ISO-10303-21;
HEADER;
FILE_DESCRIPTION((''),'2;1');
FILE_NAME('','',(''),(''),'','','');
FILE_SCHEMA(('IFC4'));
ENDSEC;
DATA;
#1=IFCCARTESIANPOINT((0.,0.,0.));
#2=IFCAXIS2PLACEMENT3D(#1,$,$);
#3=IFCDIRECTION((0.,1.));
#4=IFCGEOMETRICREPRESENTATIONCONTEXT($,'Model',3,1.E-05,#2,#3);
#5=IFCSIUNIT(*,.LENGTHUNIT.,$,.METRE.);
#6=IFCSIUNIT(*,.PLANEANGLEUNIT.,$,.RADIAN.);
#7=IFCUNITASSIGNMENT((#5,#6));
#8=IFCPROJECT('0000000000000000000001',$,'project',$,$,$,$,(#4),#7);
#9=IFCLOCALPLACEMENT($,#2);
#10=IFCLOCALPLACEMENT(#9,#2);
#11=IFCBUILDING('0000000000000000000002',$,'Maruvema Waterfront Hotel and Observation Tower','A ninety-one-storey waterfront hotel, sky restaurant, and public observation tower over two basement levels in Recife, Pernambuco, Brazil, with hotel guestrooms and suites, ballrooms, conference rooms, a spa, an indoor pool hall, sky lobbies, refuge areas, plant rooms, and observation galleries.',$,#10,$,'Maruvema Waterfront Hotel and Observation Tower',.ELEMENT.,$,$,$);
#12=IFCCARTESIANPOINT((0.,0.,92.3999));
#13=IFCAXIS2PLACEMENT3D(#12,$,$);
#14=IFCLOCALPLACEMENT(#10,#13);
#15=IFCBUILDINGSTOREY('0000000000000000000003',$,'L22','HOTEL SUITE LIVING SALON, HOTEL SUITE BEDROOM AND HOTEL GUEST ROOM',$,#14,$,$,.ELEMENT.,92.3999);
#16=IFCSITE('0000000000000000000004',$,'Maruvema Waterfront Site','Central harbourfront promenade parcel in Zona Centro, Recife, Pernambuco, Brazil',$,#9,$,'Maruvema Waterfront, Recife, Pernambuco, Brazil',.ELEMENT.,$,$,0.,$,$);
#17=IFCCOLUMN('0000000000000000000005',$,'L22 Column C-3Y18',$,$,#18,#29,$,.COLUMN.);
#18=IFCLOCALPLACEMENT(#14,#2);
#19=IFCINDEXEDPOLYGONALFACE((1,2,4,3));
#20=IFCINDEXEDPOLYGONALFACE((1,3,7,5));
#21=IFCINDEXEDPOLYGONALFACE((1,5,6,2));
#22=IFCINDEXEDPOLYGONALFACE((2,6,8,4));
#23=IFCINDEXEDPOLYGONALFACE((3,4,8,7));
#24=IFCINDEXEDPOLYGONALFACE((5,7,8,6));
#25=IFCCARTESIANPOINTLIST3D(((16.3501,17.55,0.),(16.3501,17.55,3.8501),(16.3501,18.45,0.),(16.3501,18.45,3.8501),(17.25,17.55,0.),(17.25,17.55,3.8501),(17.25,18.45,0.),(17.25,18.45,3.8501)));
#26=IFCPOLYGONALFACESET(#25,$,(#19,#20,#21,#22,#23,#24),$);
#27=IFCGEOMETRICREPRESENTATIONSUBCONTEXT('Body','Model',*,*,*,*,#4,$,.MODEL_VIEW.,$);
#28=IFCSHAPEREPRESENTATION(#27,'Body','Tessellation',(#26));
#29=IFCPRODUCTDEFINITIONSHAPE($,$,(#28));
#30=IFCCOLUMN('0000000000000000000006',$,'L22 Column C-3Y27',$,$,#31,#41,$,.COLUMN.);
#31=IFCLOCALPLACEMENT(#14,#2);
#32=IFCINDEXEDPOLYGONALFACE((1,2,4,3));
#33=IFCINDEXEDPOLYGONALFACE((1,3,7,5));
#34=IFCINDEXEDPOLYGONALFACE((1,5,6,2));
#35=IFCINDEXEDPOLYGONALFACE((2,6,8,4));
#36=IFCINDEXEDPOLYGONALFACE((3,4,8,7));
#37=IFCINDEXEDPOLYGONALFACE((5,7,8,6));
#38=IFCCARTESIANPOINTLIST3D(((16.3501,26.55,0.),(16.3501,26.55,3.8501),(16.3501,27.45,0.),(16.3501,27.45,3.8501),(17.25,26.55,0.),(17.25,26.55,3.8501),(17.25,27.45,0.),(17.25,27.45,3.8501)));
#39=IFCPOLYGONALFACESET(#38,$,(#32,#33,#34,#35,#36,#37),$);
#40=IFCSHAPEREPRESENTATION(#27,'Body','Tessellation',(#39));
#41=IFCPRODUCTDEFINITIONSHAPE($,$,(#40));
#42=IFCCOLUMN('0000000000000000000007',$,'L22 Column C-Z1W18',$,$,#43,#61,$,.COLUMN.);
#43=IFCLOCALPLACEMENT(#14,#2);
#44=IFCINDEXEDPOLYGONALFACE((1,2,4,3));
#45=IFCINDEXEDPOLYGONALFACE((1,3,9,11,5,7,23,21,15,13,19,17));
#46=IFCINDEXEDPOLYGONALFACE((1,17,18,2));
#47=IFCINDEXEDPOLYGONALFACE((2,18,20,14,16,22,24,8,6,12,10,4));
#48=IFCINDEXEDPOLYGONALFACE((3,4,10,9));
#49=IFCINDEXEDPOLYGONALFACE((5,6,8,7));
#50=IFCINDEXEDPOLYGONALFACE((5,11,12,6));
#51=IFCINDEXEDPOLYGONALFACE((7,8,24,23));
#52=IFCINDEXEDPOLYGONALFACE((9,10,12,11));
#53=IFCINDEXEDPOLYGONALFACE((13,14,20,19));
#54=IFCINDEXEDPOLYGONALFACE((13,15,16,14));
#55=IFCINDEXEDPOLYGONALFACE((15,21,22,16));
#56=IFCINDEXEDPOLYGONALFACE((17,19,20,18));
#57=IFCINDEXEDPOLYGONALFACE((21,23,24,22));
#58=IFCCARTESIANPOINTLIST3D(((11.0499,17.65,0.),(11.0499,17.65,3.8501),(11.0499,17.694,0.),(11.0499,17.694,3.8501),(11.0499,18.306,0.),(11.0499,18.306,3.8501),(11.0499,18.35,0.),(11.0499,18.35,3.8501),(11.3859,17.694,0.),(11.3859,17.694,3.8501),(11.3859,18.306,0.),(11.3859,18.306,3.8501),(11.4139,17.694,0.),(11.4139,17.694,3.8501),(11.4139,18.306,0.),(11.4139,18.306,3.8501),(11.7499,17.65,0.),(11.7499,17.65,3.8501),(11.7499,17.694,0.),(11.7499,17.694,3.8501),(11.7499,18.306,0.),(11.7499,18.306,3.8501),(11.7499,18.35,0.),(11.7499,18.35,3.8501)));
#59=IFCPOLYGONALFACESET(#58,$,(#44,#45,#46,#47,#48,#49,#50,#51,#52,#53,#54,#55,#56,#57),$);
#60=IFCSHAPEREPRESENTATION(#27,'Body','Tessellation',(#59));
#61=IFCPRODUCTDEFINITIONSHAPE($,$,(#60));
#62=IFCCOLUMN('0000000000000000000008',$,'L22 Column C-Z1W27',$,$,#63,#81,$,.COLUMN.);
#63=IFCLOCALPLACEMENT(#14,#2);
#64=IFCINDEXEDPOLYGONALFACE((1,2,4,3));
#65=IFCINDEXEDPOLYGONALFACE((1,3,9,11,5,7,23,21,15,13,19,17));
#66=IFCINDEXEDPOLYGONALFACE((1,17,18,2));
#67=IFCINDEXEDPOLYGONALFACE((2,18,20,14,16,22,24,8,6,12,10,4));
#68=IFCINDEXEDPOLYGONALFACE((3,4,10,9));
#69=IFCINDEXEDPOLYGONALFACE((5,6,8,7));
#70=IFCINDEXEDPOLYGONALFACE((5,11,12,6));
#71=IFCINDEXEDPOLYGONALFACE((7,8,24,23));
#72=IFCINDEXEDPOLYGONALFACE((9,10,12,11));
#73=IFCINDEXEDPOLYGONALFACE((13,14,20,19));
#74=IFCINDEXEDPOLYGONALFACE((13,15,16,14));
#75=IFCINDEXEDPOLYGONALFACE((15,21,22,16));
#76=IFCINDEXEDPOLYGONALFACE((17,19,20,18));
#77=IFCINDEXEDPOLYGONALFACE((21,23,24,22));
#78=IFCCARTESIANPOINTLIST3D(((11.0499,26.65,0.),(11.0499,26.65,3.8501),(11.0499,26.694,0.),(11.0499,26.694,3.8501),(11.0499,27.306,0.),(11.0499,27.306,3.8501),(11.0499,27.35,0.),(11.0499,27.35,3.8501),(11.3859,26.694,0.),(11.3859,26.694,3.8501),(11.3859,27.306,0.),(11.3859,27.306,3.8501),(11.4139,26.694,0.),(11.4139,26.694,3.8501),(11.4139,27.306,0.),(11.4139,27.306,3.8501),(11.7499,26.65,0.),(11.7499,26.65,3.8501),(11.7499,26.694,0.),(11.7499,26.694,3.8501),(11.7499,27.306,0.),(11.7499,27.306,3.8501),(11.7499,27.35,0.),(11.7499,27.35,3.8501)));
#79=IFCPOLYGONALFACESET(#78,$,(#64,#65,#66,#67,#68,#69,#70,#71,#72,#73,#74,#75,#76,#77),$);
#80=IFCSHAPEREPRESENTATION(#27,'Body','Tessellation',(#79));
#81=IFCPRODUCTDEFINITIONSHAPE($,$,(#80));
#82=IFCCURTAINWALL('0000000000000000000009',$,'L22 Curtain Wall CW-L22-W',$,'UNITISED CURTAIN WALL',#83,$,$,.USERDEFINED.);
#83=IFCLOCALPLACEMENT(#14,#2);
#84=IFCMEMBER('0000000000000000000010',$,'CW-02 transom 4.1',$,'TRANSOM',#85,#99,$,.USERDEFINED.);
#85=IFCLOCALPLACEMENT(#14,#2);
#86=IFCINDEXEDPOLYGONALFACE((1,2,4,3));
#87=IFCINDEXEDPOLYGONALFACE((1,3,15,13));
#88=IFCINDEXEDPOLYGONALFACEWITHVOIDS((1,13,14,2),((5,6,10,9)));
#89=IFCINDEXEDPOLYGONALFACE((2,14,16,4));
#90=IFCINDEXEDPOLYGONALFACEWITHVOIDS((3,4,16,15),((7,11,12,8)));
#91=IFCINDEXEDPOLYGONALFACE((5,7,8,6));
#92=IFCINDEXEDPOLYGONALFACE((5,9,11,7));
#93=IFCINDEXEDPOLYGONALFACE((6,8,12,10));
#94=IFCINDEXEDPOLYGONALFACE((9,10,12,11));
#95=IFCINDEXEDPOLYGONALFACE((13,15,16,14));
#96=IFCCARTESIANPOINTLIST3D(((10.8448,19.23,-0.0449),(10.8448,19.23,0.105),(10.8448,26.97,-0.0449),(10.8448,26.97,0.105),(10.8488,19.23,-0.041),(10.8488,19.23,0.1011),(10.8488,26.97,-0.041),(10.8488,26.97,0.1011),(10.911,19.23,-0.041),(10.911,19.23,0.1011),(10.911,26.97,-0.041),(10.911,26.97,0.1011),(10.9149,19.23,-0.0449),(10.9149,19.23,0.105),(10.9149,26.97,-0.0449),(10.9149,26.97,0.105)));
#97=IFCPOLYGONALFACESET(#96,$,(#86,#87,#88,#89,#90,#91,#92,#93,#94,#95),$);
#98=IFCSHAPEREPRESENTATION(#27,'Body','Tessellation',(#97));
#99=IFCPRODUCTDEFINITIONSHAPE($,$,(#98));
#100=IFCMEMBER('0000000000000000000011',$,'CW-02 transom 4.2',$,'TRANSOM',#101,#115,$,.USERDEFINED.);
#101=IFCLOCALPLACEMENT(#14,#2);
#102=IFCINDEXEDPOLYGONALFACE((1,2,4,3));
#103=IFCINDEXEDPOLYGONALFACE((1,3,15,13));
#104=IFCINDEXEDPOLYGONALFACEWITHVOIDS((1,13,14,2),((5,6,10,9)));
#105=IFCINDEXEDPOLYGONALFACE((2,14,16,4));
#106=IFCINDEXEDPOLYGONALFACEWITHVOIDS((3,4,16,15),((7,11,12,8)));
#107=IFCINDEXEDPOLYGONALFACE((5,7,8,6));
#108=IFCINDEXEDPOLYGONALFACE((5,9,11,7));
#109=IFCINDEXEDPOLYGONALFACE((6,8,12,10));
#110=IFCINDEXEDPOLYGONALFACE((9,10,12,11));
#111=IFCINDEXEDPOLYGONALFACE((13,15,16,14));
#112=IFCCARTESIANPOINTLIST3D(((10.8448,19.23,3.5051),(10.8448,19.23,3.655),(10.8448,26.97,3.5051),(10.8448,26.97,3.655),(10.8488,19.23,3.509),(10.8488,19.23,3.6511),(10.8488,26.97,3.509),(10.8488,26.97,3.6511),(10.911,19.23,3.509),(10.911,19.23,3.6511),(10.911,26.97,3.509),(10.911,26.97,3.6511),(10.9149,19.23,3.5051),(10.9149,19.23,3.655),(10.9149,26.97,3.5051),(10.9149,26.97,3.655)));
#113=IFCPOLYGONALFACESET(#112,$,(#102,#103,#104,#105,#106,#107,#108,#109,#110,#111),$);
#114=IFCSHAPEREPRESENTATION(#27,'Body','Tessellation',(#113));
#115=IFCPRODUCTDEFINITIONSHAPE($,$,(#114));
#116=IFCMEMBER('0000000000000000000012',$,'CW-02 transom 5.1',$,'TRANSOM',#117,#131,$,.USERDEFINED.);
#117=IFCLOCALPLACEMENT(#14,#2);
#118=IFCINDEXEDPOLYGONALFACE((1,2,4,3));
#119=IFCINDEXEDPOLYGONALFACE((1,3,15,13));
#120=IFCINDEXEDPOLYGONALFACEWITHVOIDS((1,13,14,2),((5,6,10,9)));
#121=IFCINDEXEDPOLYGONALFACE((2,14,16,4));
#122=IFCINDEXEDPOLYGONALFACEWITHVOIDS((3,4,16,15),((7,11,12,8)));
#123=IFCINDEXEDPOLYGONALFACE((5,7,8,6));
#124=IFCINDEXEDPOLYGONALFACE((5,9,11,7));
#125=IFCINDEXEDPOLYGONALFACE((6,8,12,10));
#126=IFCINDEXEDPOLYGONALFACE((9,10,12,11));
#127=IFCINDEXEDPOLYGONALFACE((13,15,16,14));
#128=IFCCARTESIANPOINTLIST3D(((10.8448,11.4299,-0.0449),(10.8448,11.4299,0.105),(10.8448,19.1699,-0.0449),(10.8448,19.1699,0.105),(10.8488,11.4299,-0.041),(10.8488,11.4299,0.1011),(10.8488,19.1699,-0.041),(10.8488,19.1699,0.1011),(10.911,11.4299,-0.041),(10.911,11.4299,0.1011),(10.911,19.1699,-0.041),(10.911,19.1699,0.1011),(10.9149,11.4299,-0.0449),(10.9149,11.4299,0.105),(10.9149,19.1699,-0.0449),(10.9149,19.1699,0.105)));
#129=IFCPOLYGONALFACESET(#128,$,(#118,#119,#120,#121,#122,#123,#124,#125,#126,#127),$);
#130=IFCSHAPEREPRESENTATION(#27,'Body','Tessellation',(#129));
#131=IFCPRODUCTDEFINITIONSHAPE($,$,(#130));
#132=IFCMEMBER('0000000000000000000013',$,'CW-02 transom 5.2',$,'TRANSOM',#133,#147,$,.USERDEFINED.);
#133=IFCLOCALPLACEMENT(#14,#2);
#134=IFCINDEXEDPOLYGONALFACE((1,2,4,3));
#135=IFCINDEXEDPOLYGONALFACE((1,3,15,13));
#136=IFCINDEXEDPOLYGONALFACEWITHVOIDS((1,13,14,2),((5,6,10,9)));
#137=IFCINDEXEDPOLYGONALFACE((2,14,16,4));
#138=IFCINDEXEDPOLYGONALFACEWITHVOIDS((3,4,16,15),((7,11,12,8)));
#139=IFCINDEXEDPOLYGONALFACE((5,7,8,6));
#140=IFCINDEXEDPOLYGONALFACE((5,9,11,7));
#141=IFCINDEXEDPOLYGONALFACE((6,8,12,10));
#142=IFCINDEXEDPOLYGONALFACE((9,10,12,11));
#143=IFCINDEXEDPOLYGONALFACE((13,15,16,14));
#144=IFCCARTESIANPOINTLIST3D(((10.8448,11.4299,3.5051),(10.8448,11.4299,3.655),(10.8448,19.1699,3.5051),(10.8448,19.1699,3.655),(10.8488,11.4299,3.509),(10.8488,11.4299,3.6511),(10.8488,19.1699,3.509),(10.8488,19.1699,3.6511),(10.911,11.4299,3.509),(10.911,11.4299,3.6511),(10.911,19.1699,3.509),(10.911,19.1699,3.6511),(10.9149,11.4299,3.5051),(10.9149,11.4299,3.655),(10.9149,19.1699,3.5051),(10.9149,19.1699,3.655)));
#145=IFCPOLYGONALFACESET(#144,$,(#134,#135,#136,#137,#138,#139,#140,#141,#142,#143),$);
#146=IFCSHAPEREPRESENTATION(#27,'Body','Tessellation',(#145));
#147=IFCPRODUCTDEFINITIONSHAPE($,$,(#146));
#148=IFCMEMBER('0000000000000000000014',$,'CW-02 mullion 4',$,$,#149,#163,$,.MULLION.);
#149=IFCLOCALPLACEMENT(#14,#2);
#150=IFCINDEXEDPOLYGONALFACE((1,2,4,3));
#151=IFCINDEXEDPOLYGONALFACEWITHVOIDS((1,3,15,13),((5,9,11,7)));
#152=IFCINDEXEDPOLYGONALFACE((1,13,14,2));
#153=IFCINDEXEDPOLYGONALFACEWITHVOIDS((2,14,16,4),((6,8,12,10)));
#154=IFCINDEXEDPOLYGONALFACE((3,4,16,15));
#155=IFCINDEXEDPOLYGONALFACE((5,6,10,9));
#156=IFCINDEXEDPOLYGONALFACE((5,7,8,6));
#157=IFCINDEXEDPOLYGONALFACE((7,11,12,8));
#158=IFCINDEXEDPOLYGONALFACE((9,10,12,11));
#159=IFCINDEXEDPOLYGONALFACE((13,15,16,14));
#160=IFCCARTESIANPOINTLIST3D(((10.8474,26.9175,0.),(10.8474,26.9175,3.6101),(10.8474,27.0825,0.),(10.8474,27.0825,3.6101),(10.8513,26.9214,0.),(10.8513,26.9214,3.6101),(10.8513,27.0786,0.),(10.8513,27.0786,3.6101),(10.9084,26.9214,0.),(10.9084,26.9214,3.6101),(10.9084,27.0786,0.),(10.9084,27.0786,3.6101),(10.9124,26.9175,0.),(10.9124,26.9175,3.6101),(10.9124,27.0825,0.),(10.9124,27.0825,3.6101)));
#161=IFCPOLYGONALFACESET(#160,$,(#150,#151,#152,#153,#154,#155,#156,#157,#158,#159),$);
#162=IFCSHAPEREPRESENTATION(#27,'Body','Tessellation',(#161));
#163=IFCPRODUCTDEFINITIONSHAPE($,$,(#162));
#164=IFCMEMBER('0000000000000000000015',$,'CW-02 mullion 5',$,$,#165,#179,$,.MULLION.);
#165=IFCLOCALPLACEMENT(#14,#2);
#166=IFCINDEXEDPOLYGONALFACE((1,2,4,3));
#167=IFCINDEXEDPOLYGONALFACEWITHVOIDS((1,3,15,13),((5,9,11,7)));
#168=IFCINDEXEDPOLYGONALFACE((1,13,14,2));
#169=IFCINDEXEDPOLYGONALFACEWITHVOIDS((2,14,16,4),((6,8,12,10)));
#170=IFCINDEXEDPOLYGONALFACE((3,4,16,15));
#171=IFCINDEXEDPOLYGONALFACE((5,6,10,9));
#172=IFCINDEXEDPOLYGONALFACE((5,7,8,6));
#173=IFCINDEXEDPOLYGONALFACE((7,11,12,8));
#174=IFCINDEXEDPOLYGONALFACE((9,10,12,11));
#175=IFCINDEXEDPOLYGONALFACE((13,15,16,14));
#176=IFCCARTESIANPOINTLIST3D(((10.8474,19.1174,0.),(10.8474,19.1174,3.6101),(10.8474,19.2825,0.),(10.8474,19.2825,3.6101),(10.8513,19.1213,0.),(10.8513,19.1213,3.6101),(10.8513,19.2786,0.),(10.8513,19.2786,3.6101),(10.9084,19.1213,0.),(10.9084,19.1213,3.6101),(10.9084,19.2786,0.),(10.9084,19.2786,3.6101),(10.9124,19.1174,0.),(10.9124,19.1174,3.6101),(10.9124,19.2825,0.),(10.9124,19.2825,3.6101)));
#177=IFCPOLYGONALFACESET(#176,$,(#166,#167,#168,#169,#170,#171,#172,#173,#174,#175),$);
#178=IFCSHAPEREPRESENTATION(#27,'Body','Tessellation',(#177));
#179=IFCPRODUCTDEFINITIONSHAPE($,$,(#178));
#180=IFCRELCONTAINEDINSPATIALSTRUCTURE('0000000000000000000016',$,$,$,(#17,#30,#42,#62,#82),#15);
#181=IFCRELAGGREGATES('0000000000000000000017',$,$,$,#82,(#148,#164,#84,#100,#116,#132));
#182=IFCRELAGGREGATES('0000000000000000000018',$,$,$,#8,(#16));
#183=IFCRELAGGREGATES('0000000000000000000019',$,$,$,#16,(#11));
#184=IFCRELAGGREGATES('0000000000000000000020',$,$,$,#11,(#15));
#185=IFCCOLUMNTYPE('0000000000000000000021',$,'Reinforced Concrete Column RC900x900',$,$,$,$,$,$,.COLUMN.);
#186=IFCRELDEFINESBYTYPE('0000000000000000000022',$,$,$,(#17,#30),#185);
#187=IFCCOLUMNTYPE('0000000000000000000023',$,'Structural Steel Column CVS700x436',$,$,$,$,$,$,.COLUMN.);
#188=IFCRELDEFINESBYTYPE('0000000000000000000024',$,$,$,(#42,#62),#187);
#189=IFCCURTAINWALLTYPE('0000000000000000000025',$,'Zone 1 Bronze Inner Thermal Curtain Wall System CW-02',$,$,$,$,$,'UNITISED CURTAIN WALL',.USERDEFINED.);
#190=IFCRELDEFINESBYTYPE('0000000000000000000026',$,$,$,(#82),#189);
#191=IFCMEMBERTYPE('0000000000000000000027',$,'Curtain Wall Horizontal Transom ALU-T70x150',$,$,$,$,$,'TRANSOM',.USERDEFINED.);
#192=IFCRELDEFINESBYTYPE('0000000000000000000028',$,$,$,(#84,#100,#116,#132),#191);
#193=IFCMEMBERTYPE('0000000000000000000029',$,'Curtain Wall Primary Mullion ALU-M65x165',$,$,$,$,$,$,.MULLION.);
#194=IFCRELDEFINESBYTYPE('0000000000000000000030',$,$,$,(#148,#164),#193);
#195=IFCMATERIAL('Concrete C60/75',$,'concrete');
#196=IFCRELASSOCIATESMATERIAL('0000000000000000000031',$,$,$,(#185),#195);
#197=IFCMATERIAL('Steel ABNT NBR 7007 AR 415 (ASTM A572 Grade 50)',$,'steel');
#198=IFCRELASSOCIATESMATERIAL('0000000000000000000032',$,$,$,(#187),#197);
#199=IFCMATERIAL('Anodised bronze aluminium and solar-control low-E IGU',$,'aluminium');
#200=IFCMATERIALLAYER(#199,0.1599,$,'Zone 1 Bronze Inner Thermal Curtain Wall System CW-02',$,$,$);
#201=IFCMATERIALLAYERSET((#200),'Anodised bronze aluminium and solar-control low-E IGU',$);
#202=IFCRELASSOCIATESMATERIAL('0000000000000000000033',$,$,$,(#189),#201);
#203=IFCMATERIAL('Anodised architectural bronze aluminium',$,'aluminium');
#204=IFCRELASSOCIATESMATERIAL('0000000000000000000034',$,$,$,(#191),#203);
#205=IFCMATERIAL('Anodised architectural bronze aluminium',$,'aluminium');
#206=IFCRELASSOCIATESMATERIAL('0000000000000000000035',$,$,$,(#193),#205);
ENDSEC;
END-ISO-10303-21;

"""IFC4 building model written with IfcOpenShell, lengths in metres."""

from ifc_helpers import new_model, si_unit, direction, frame, origin, origin_2d, place, context, subcontext, project, spatial, rectangle, hollow_rectangle, i_section, extrude, material, layer, layer_set, material_profile, profile_set, type_object, element, aggregate, save


model = new_model("IFC4")

# Units and contexts
model_context = context("Model", 3, precision=1e-05, world=origin(), true_north=direction((0.0, 1.0)))
body_context = subcontext(model_context, "Body", "Model", "MODEL_VIEW")
ifc_project = project(units=[si_unit("LENGTHUNIT", "METRE"), si_unit("PLANEANGLEUNIT", "RADIAN")], contexts=[model_context])

# Site, building, storey
site_placement = place(None, origin())
site = spatial("IfcSite", under=ifc_project, at=site_placement, Name="Maruvema Waterfront Site", Description="Central harbourfront promenade parcel in Zona Centro, Recife, Pernambuco, Brazil", LongName="Maruvema Waterfront, Recife, Pernambuco, Brazil", CompositionType="ELEMENT", RefElevation=0.0)
building_placement = place(site_placement, origin())
building = spatial("IfcBuilding", under=site, at=building_placement, Name="Maruvema Waterfront Hotel and Observation Tower", Description="A ninety-one-storey waterfront hotel, sky restaurant, and public observation tower over two basement levels in Recife, Pernambuco, Brazil, with hotel guestrooms and suites, ballrooms, conference rooms, a spa, an indoor pool hall, sky lobbies, refuge areas, plant rooms, and observation galleries.", LongName="Maruvema Waterfront Hotel and Observation Tower", CompositionType="ELEMENT")
storey_placement = place(building_placement, frame((0.0, 0.0, 92.3999)))
storey = spatial("IfcBuildingStorey", under=building, at=storey_placement, Name="L22", Description="HOTEL SUITE LIVING SALON, HOTEL SUITE BEDROOM AND HOTEL GUEST ROOM", CompositionType="ELEMENT", Elevation=92.3999)

# Columns
ifc_material_1 = material(Name="Concrete C60/75", Category="concrete")
ifc_material_profile_1 = material_profile(ifc_material_1, rectangle(XDim=0.8999, YDim=0.8999, at=origin_2d()), Name="RC900x900")
ifc_profile_set_1 = profile_set([ifc_material_profile_1], Name="Concrete C60/75")
column_type_1 = type_object("IfcColumnType", Name="Reinforced Concrete Column RC900x900", PredefinedType="COLUMN", material=ifc_profile_set_1)
for number, where, z_axis, x_axis, name in (
    (1, (16.8, 18.0, 0.0), (0.0, 0.0, 1.0), (1.0, 0.0, 0.0), "L22 Column C-3Y18"),
    (2, (16.8, 27.0, 0.0), (0.0, 0.0, 1.0), (1.0, 0.0, 0.0), "L22 Column C-3Y27"),
):
    element("IfcColumn", number, at=place(storey_placement, frame(where, z_axis=z_axis, x_axis=x_axis)), inside=storey, type_object=column_type_1, Name=name, PredefinedType="COLUMN", context=body_context, shape_type="SweptSolid", body=[
        extrude(rectangle(XDim=0.8999, YDim=0.8999, at=origin_2d()), origin(), (0.0, 0.0, 1.0), 3.8501),
    ])
ifc_material_2 = material(Name="Steel ABNT NBR 7007 AR 415 (ASTM A572 Grade 50)", Category="steel")
ifc_material_profile_2 = material_profile(ifc_material_2, i_section(OverallWidth=0.7, OverallDepth=0.7, WebThickness=0.0281, FlangeThickness=0.0439, at=origin_2d()), Name="CVS700x436")
ifc_profile_set_2 = profile_set([ifc_material_profile_2], Name="Steel ABNT NBR 7007 AR 415 (ASTM A572 Grade 50)")
column_type_2 = type_object("IfcColumnType", Name="Structural Steel Column CVS700x436", PredefinedType="COLUMN", material=ifc_profile_set_2)
for number, where, z_axis, x_axis, name in (
    (3, (11.3999, 18.0, 0.0), (0.0, 0.0, 1.0), (1.0, 0.0, 0.0), "L22 Column C-Z1W18"),
    (4, (11.3999, 27.0, 0.0), (0.0, 0.0, 1.0), (1.0, 0.0, 0.0), "L22 Column C-Z1W27"),
):
    element("IfcColumn", number, at=place(storey_placement, frame(where, z_axis=z_axis, x_axis=x_axis)), inside=storey, type_object=column_type_2, Name=name, PredefinedType="COLUMN", context=body_context, shape_type="SweptSolid", body=[
        extrude(i_section(OverallWidth=0.7, OverallDepth=0.7, WebThickness=0.0281, FlangeThickness=0.0439, at=origin_2d()), origin(), (0.0, 0.0, 1.0), 3.8501),
    ])

# Curtain wall, members
ifc_material_3 = material(Name="Anodised bronze aluminium and solar-control low-E IGU", Category="aluminium")
ifc_layer_1 = layer(ifc_material_3, 0.1599, Name="Zone 1 Bronze Inner Thermal Curtain Wall System CW-02")
ifc_layer_set_1 = layer_set([ifc_layer_1], Name="Anodised bronze aluminium and solar-control low-E IGU")
curtain_wall_type = type_object("IfcCurtainWallType", Name="Zone 1 Bronze Inner Thermal Curtain Wall System CW-02", ElementType="UNITISED CURTAIN WALL", PredefinedType="USERDEFINED", material=ifc_layer_set_1)
curtain_wall_placement = place(storey_placement, origin())
curtain_wall = element("IfcCurtainWall", 5, at=curtain_wall_placement, inside=storey, type_object=curtain_wall_type, Name="L22 Curtain Wall CW-L22-W", ObjectType="UNITISED CURTAIN WALL", PredefinedType="USERDEFINED")
ifc_material_4 = material(Name="Anodised architectural bronze aluminium", Category="aluminium")
ifc_material_profile_3 = material_profile(ifc_material_4, hollow_rectangle(XDim=0.0701, YDim=0.1499, WallThickness=0.0039, at=origin_2d()), Name="ALU-T70x150")
ifc_profile_set_3 = profile_set([ifc_material_profile_3], Name="Anodised architectural bronze aluminium")
member_type_1 = type_object("IfcMemberType", Name="Curtain Wall Horizontal Transom ALU-T70x150", ElementType="TRANSOM", PredefinedType="USERDEFINED", material=ifc_profile_set_3)
member_1_placement = place(storey_placement, frame((10.8799, 26.97, 0.03), z_axis=(0.0, -1.0, 0.0), x_axis=(1.0, 0.0, 0.0)))
member_1 = element("IfcMember", 6, at=member_1_placement, type_object=member_type_1, Name="CW-02 transom 4.1", ObjectType="TRANSOM", PredefinedType="USERDEFINED", context=body_context, shape_type="SweptSolid", body=[
    extrude(hollow_rectangle(XDim=0.0701, YDim=0.1499, WallThickness=0.0039, at=origin_2d()), origin(), (0.0, 0.0, 1.0), 7.74),
])
member_2_placement = place(storey_placement, frame((10.8799, 26.97, 3.5801), z_axis=(0.0, -1.0, 0.0), x_axis=(1.0, 0.0, 0.0)))
member_2 = element("IfcMember", 7, at=member_2_placement, type_object=member_type_1, Name="CW-02 transom 4.2", ObjectType="TRANSOM", PredefinedType="USERDEFINED", context=body_context, shape_type="SweptSolid", body=[
    extrude(hollow_rectangle(XDim=0.0701, YDim=0.1499, WallThickness=0.0039, at=origin_2d()), origin(), (0.0, 0.0, 1.0), 7.74),
])
member_3_placement = place(storey_placement, frame((10.8799, 19.1699, 0.03), z_axis=(0.0, -1.0, 0.0), x_axis=(1.0, 0.0, 0.0)))
member_3 = element("IfcMember", 8, at=member_3_placement, type_object=member_type_1, Name="CW-02 transom 5.1", ObjectType="TRANSOM", PredefinedType="USERDEFINED", context=body_context, shape_type="SweptSolid", body=[
    extrude(hollow_rectangle(XDim=0.0701, YDim=0.1499, WallThickness=0.0039, at=origin_2d()), origin(), (0.0, 0.0, 1.0), 7.74),
])
member_4_placement = place(storey_placement, frame((10.8799, 19.1699, 3.5801), z_axis=(0.0, -1.0, 0.0), x_axis=(1.0, 0.0, 0.0)))
member_4 = element("IfcMember", 9, at=member_4_placement, type_object=member_type_1, Name="CW-02 transom 5.2", ObjectType="TRANSOM", PredefinedType="USERDEFINED", context=body_context, shape_type="SweptSolid", body=[
    extrude(hollow_rectangle(XDim=0.0701, YDim=0.1499, WallThickness=0.0039, at=origin_2d()), origin(), (0.0, 0.0, 1.0), 7.74),
])
ifc_material_5 = material(Name="Anodised architectural bronze aluminium", Category="aluminium")
ifc_material_profile_4 = material_profile(ifc_material_5, hollow_rectangle(XDim=0.0649, YDim=0.165, WallThickness=0.0039, at=origin_2d()), Name="ALU-M65x165")
ifc_profile_set_4 = profile_set([ifc_material_profile_4], Name="Anodised architectural bronze aluminium")
member_type_2 = type_object("IfcMemberType", Name="Curtain Wall Primary Mullion ALU-M65x165", PredefinedType="MULLION", material=ifc_profile_set_4)
member_5_placement = place(storey_placement, frame((10.8799, 27.0, 0.0), z_axis=(0.0, 0.0, 1.0), x_axis=(1.0, 0.0, 0.0)))
member_5 = element("IfcMember", 10, at=member_5_placement, type_object=member_type_2, Name="CW-02 mullion 4", PredefinedType="MULLION", context=body_context, shape_type="SweptSolid", body=[
    extrude(hollow_rectangle(XDim=0.0649, YDim=0.165, WallThickness=0.0039, at=origin_2d()), origin(), (0.0, 0.0, 1.0), 3.6101),
])
member_6_placement = place(storey_placement, frame((10.8799, 19.2, 0.0), z_axis=(0.0, 0.0, 1.0), x_axis=(1.0, 0.0, 0.0)))
member_6 = element("IfcMember", 11, at=member_6_placement, type_object=member_type_2, Name="CW-02 mullion 5", PredefinedType="MULLION", context=body_context, shape_type="SweptSolid", body=[
    extrude(hollow_rectangle(XDim=0.0649, YDim=0.165, WallThickness=0.0039, at=origin_2d()), origin(), (0.0, 0.0, 1.0), 3.6101),
])

aggregate(curtain_wall, [member_5, member_6, member_1, member_2, member_3, member_4])

save(model, "model.ifc")
